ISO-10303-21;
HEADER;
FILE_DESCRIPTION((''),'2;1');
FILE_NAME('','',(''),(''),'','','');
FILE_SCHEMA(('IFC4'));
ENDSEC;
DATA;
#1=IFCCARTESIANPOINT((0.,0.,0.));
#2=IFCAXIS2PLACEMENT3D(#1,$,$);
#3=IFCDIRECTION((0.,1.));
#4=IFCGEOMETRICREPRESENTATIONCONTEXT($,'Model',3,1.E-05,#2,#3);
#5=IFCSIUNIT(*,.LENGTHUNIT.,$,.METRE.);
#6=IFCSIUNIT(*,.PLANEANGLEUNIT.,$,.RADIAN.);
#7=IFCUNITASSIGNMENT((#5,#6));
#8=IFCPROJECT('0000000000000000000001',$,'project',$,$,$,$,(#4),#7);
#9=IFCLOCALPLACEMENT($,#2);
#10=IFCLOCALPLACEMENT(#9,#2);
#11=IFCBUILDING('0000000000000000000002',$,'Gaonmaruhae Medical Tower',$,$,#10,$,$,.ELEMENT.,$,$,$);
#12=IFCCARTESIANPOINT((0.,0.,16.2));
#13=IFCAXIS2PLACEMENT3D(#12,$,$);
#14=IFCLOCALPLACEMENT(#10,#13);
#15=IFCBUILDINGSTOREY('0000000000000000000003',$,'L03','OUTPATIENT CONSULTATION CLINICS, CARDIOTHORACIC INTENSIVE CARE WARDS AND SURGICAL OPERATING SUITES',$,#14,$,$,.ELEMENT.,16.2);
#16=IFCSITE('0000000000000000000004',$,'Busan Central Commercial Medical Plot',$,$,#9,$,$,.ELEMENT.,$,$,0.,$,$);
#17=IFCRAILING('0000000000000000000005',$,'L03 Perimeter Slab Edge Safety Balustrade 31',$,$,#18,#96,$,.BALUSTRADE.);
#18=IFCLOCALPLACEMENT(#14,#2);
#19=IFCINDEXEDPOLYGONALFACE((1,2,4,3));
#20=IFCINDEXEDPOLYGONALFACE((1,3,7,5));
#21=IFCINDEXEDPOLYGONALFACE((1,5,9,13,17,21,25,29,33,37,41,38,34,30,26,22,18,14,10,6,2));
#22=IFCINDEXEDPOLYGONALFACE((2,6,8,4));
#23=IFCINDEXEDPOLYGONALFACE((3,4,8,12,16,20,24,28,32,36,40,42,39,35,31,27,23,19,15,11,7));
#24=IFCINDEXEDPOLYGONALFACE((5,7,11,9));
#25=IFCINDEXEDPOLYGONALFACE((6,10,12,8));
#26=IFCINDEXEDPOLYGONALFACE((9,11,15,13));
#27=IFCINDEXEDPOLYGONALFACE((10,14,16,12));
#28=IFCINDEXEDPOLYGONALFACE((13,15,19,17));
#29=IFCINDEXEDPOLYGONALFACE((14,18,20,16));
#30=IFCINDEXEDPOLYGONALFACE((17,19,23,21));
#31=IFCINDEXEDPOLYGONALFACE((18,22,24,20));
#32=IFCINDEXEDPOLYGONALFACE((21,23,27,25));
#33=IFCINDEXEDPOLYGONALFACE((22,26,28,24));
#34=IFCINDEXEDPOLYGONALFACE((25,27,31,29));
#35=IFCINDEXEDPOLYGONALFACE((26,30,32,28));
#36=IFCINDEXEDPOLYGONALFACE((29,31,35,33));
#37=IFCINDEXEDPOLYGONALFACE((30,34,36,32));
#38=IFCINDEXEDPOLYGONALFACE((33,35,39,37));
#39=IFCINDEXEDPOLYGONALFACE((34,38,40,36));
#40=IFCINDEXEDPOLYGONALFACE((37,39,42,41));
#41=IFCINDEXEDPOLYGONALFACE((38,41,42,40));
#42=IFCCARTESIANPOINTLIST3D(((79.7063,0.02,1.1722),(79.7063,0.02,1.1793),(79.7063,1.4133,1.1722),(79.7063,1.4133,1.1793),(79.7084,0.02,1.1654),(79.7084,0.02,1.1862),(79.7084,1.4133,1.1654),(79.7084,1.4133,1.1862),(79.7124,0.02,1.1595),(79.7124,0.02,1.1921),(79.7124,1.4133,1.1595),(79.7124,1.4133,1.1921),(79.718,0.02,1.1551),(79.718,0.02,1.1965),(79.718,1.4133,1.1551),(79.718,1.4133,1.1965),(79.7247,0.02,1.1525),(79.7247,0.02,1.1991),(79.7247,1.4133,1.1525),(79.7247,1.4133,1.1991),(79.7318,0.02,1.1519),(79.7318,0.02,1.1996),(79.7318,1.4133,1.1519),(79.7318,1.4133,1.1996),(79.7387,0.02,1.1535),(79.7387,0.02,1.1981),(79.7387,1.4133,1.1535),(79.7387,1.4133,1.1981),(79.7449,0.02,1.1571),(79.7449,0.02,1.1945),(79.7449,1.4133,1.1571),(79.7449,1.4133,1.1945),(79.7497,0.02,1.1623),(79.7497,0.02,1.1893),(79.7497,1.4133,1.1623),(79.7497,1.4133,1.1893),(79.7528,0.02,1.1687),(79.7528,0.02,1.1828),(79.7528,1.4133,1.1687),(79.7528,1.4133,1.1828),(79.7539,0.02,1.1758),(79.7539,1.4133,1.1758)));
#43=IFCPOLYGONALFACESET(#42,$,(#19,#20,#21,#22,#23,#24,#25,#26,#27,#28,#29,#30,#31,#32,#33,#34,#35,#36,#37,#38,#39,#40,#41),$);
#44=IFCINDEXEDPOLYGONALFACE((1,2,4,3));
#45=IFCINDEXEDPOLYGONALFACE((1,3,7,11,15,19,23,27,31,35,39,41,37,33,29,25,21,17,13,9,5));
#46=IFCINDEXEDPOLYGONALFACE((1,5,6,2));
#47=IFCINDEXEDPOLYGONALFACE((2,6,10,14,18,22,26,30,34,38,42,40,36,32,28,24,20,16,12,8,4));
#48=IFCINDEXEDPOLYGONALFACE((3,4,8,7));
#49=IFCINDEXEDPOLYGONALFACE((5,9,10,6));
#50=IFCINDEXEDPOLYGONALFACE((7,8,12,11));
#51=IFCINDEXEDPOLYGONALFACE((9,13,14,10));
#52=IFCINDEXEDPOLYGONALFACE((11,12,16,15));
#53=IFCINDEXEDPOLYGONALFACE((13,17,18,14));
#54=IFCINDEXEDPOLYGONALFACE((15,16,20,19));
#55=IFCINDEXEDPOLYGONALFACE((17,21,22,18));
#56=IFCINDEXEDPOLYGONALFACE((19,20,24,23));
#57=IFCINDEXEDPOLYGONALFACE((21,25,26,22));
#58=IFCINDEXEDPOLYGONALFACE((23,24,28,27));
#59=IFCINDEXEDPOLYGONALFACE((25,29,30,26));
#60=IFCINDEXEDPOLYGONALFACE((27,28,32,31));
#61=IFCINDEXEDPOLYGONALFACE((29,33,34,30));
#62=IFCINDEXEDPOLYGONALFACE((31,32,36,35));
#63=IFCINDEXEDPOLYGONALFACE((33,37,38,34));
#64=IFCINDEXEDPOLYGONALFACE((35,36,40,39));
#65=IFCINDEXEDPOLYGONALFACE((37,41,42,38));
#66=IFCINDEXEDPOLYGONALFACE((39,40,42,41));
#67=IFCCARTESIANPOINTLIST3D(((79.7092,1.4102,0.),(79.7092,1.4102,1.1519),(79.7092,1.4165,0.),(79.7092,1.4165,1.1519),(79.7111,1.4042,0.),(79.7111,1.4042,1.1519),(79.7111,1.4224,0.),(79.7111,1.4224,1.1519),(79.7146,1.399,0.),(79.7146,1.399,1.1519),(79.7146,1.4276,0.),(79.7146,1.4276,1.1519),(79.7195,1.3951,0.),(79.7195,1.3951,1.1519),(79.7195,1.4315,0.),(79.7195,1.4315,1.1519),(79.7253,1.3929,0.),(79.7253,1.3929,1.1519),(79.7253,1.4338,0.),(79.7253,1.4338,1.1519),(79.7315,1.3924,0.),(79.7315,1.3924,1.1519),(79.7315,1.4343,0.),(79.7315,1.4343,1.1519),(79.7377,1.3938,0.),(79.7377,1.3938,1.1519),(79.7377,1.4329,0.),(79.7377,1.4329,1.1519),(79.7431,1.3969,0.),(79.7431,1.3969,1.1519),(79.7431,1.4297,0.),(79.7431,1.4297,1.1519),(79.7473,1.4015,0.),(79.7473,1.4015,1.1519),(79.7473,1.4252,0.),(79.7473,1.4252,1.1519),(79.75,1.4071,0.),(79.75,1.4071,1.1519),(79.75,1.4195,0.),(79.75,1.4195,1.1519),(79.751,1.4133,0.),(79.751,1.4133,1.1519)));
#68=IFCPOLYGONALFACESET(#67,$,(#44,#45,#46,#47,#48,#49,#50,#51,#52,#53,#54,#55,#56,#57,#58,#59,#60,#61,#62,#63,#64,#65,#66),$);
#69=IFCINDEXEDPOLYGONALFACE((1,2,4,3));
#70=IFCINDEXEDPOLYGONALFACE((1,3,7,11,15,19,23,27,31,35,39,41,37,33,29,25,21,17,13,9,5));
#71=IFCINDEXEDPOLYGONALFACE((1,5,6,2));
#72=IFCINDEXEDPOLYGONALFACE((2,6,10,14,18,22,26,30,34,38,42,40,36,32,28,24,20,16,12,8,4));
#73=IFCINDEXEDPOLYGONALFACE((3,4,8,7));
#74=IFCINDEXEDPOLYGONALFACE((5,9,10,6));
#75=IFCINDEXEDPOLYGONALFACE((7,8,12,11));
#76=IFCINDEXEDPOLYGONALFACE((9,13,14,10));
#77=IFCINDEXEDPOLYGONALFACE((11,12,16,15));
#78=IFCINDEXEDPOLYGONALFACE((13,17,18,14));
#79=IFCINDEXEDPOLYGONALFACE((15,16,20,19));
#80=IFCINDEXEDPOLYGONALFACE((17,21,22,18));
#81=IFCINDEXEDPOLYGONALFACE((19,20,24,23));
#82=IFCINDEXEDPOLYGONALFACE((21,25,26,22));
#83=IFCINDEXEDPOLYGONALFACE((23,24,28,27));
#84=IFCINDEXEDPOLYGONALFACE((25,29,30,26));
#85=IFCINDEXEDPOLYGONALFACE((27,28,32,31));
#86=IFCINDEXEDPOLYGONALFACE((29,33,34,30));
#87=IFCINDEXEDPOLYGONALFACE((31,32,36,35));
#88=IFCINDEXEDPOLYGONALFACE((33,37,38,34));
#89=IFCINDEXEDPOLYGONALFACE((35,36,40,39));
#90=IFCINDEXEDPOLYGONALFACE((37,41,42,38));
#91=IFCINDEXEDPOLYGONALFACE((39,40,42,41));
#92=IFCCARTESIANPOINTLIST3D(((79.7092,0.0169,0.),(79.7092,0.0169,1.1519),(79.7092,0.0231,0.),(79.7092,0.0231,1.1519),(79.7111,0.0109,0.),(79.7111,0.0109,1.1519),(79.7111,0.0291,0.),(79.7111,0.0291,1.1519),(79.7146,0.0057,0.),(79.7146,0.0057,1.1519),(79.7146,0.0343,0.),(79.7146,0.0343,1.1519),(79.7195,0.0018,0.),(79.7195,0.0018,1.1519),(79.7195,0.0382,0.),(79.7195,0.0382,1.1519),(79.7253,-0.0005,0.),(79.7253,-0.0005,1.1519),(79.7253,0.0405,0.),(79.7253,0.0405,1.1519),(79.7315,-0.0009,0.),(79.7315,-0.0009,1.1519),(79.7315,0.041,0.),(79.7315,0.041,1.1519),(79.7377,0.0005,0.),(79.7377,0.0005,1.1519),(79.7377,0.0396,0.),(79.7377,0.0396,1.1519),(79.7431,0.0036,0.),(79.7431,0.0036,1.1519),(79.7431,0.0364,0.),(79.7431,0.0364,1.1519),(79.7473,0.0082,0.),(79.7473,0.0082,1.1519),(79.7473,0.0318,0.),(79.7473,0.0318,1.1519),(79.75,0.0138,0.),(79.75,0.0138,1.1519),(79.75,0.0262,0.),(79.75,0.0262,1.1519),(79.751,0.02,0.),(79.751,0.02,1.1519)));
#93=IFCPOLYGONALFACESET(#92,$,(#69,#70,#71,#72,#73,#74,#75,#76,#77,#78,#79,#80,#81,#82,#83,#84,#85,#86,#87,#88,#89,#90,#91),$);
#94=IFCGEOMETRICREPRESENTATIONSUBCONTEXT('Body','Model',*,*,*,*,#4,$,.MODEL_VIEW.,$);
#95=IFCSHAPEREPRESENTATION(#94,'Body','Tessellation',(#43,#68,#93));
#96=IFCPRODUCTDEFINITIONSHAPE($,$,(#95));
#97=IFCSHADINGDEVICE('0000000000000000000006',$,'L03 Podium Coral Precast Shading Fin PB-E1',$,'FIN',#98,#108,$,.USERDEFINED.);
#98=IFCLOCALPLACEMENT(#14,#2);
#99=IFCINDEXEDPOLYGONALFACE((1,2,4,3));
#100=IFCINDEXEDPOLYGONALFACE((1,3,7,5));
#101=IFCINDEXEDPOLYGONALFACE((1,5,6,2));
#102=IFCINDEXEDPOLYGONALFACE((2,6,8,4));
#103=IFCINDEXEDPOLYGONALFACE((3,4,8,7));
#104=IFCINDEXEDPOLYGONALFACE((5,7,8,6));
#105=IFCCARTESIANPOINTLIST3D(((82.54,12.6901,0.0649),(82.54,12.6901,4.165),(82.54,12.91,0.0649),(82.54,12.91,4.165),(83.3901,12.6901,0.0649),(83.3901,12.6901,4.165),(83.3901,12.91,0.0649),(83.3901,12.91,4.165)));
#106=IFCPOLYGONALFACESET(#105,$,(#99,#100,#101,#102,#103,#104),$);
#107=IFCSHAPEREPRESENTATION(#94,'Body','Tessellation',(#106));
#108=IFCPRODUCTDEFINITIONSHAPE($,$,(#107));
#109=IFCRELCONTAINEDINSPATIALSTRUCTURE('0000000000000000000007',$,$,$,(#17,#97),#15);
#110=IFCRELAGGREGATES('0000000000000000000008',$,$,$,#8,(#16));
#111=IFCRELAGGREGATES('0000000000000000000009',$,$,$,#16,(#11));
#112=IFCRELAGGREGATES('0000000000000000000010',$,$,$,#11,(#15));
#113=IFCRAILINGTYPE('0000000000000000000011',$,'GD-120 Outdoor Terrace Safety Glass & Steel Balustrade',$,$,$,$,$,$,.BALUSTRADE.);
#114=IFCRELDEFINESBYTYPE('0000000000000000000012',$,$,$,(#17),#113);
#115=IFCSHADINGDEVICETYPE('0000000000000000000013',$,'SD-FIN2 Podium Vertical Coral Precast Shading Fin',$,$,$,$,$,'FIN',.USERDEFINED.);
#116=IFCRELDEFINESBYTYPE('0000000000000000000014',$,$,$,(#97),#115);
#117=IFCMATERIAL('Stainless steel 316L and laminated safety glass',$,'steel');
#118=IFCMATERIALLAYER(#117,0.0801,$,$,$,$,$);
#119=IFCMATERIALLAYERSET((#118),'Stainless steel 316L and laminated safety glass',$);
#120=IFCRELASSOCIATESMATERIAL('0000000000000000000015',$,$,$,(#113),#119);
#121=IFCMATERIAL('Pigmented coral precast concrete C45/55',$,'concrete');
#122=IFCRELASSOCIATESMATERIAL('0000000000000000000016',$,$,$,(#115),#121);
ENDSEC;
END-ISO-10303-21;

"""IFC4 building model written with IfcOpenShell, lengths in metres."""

from ifc_helpers import new_model, si_unit, direction, frame, origin, origin_2d, place, context, subcontext, project, spatial, rectangle, circle, extrude, material, layer, layer_set, type_object, element, save


model = new_model("IFC4")

# Units and contexts
model_context = context("Model", 3, precision=1e-05, world=origin(), true_north=direction((0.0, 1.0)))
body_context = subcontext(model_context, "Body", "Model", "MODEL_VIEW")
ifc_project = project(units=[si_unit("LENGTHUNIT", "METRE"), si_unit("PLANEANGLEUNIT", "RADIAN")], contexts=[model_context])

# Site, building, storey
site_placement = place(None, origin())
site = spatial("IfcSite", under=ifc_project, at=site_placement, Name="Busan Central Commercial Medical Plot", CompositionType="ELEMENT", RefElevation=0.0)
building_placement = place(site_placement, origin())
building = spatial("IfcBuilding", under=site, at=building_placement, Name="Gaonmaruhae Medical Tower", CompositionType="ELEMENT")
storey_placement = place(building_placement, frame((0.0, 0.0, 16.2)))
storey = spatial("IfcBuildingStorey", under=building, at=storey_placement, Name="L03", Description="OUTPATIENT CONSULTATION CLINICS, CARDIOTHORACIC INTENSIVE CARE WARDS AND SURGICAL OPERATING SUITES", CompositionType="ELEMENT", Elevation=16.2)

# Railing
ifc_material_1 = material(Name="Stainless steel 316L and laminated safety glass", Category="steel")
ifc_layer_1 = layer(ifc_material_1, 0.0801)
ifc_layer_set_1 = layer_set([ifc_layer_1], Name="Stainless steel 316L and laminated safety glass")
railing_type = type_object("IfcRailingType", Name="GD-120 Outdoor Terrace Safety Glass & Steel Balustrade", PredefinedType="BALUSTRADE", material=ifc_layer_set_1)
railing_1_placement = place(storey_placement, frame((79.73, 1.4133, 0.0)))
element("IfcRailing", 1, at=railing_1_placement, inside=storey, type_object=railing_type, Name="L03 Perimeter Slab Edge Safety Balustrade 31", PredefinedType="BALUSTRADE", context=body_context, shape_type="SweptSolid", body=[
    extrude(circle(Radius=0.0239, at=origin_2d()), frame((0.0, 0.0, 1.1758), z_axis=(0.0, -1.0, 0.0), x_axis=(1.0, 0.0, 0.0)), (0.0, 0.0, 1.0), 1.3933),
    extrude(circle(Radius=0.021, at=origin_2d()), origin(), (0.0, 0.0, 1.0), 1.1519),
    extrude(circle(Radius=0.021, at=origin_2d()), frame((0.0, -1.3933, 0.0)), (0.0, 0.0, 1.0), 1.1519),
])

# Shading device
ifc_material_2 = material(Name="Pigmented coral precast concrete C45/55", Category="concrete")
shading_device_type = type_object("IfcShadingDeviceType", Name="SD-FIN2 Podium Vertical Coral Precast Shading Fin", ElementType="FIN", PredefinedType="USERDEFINED", material=ifc_material_2)
shading_device_placement = place(storey_placement, frame((82.9651, 12.8, 0.0649), z_axis=(0.0, 0.0, 1.0), x_axis=(0.0, -1.0, 0.0)))
element("IfcShadingDevice", 2, at=shading_device_placement, inside=storey, type_object=shading_device_type, Name="L03 Podium Coral Precast Shading Fin PB-E1", ObjectType="FIN", PredefinedType="USERDEFINED", context=body_context, shape_type="SweptSolid", body=[
    extrude(rectangle(XDim=0.22, YDim=0.8501, at=origin_2d()), origin(), (0.0, 0.0, 1.0), 4.1001),
])

save(model, "model.ifc")
